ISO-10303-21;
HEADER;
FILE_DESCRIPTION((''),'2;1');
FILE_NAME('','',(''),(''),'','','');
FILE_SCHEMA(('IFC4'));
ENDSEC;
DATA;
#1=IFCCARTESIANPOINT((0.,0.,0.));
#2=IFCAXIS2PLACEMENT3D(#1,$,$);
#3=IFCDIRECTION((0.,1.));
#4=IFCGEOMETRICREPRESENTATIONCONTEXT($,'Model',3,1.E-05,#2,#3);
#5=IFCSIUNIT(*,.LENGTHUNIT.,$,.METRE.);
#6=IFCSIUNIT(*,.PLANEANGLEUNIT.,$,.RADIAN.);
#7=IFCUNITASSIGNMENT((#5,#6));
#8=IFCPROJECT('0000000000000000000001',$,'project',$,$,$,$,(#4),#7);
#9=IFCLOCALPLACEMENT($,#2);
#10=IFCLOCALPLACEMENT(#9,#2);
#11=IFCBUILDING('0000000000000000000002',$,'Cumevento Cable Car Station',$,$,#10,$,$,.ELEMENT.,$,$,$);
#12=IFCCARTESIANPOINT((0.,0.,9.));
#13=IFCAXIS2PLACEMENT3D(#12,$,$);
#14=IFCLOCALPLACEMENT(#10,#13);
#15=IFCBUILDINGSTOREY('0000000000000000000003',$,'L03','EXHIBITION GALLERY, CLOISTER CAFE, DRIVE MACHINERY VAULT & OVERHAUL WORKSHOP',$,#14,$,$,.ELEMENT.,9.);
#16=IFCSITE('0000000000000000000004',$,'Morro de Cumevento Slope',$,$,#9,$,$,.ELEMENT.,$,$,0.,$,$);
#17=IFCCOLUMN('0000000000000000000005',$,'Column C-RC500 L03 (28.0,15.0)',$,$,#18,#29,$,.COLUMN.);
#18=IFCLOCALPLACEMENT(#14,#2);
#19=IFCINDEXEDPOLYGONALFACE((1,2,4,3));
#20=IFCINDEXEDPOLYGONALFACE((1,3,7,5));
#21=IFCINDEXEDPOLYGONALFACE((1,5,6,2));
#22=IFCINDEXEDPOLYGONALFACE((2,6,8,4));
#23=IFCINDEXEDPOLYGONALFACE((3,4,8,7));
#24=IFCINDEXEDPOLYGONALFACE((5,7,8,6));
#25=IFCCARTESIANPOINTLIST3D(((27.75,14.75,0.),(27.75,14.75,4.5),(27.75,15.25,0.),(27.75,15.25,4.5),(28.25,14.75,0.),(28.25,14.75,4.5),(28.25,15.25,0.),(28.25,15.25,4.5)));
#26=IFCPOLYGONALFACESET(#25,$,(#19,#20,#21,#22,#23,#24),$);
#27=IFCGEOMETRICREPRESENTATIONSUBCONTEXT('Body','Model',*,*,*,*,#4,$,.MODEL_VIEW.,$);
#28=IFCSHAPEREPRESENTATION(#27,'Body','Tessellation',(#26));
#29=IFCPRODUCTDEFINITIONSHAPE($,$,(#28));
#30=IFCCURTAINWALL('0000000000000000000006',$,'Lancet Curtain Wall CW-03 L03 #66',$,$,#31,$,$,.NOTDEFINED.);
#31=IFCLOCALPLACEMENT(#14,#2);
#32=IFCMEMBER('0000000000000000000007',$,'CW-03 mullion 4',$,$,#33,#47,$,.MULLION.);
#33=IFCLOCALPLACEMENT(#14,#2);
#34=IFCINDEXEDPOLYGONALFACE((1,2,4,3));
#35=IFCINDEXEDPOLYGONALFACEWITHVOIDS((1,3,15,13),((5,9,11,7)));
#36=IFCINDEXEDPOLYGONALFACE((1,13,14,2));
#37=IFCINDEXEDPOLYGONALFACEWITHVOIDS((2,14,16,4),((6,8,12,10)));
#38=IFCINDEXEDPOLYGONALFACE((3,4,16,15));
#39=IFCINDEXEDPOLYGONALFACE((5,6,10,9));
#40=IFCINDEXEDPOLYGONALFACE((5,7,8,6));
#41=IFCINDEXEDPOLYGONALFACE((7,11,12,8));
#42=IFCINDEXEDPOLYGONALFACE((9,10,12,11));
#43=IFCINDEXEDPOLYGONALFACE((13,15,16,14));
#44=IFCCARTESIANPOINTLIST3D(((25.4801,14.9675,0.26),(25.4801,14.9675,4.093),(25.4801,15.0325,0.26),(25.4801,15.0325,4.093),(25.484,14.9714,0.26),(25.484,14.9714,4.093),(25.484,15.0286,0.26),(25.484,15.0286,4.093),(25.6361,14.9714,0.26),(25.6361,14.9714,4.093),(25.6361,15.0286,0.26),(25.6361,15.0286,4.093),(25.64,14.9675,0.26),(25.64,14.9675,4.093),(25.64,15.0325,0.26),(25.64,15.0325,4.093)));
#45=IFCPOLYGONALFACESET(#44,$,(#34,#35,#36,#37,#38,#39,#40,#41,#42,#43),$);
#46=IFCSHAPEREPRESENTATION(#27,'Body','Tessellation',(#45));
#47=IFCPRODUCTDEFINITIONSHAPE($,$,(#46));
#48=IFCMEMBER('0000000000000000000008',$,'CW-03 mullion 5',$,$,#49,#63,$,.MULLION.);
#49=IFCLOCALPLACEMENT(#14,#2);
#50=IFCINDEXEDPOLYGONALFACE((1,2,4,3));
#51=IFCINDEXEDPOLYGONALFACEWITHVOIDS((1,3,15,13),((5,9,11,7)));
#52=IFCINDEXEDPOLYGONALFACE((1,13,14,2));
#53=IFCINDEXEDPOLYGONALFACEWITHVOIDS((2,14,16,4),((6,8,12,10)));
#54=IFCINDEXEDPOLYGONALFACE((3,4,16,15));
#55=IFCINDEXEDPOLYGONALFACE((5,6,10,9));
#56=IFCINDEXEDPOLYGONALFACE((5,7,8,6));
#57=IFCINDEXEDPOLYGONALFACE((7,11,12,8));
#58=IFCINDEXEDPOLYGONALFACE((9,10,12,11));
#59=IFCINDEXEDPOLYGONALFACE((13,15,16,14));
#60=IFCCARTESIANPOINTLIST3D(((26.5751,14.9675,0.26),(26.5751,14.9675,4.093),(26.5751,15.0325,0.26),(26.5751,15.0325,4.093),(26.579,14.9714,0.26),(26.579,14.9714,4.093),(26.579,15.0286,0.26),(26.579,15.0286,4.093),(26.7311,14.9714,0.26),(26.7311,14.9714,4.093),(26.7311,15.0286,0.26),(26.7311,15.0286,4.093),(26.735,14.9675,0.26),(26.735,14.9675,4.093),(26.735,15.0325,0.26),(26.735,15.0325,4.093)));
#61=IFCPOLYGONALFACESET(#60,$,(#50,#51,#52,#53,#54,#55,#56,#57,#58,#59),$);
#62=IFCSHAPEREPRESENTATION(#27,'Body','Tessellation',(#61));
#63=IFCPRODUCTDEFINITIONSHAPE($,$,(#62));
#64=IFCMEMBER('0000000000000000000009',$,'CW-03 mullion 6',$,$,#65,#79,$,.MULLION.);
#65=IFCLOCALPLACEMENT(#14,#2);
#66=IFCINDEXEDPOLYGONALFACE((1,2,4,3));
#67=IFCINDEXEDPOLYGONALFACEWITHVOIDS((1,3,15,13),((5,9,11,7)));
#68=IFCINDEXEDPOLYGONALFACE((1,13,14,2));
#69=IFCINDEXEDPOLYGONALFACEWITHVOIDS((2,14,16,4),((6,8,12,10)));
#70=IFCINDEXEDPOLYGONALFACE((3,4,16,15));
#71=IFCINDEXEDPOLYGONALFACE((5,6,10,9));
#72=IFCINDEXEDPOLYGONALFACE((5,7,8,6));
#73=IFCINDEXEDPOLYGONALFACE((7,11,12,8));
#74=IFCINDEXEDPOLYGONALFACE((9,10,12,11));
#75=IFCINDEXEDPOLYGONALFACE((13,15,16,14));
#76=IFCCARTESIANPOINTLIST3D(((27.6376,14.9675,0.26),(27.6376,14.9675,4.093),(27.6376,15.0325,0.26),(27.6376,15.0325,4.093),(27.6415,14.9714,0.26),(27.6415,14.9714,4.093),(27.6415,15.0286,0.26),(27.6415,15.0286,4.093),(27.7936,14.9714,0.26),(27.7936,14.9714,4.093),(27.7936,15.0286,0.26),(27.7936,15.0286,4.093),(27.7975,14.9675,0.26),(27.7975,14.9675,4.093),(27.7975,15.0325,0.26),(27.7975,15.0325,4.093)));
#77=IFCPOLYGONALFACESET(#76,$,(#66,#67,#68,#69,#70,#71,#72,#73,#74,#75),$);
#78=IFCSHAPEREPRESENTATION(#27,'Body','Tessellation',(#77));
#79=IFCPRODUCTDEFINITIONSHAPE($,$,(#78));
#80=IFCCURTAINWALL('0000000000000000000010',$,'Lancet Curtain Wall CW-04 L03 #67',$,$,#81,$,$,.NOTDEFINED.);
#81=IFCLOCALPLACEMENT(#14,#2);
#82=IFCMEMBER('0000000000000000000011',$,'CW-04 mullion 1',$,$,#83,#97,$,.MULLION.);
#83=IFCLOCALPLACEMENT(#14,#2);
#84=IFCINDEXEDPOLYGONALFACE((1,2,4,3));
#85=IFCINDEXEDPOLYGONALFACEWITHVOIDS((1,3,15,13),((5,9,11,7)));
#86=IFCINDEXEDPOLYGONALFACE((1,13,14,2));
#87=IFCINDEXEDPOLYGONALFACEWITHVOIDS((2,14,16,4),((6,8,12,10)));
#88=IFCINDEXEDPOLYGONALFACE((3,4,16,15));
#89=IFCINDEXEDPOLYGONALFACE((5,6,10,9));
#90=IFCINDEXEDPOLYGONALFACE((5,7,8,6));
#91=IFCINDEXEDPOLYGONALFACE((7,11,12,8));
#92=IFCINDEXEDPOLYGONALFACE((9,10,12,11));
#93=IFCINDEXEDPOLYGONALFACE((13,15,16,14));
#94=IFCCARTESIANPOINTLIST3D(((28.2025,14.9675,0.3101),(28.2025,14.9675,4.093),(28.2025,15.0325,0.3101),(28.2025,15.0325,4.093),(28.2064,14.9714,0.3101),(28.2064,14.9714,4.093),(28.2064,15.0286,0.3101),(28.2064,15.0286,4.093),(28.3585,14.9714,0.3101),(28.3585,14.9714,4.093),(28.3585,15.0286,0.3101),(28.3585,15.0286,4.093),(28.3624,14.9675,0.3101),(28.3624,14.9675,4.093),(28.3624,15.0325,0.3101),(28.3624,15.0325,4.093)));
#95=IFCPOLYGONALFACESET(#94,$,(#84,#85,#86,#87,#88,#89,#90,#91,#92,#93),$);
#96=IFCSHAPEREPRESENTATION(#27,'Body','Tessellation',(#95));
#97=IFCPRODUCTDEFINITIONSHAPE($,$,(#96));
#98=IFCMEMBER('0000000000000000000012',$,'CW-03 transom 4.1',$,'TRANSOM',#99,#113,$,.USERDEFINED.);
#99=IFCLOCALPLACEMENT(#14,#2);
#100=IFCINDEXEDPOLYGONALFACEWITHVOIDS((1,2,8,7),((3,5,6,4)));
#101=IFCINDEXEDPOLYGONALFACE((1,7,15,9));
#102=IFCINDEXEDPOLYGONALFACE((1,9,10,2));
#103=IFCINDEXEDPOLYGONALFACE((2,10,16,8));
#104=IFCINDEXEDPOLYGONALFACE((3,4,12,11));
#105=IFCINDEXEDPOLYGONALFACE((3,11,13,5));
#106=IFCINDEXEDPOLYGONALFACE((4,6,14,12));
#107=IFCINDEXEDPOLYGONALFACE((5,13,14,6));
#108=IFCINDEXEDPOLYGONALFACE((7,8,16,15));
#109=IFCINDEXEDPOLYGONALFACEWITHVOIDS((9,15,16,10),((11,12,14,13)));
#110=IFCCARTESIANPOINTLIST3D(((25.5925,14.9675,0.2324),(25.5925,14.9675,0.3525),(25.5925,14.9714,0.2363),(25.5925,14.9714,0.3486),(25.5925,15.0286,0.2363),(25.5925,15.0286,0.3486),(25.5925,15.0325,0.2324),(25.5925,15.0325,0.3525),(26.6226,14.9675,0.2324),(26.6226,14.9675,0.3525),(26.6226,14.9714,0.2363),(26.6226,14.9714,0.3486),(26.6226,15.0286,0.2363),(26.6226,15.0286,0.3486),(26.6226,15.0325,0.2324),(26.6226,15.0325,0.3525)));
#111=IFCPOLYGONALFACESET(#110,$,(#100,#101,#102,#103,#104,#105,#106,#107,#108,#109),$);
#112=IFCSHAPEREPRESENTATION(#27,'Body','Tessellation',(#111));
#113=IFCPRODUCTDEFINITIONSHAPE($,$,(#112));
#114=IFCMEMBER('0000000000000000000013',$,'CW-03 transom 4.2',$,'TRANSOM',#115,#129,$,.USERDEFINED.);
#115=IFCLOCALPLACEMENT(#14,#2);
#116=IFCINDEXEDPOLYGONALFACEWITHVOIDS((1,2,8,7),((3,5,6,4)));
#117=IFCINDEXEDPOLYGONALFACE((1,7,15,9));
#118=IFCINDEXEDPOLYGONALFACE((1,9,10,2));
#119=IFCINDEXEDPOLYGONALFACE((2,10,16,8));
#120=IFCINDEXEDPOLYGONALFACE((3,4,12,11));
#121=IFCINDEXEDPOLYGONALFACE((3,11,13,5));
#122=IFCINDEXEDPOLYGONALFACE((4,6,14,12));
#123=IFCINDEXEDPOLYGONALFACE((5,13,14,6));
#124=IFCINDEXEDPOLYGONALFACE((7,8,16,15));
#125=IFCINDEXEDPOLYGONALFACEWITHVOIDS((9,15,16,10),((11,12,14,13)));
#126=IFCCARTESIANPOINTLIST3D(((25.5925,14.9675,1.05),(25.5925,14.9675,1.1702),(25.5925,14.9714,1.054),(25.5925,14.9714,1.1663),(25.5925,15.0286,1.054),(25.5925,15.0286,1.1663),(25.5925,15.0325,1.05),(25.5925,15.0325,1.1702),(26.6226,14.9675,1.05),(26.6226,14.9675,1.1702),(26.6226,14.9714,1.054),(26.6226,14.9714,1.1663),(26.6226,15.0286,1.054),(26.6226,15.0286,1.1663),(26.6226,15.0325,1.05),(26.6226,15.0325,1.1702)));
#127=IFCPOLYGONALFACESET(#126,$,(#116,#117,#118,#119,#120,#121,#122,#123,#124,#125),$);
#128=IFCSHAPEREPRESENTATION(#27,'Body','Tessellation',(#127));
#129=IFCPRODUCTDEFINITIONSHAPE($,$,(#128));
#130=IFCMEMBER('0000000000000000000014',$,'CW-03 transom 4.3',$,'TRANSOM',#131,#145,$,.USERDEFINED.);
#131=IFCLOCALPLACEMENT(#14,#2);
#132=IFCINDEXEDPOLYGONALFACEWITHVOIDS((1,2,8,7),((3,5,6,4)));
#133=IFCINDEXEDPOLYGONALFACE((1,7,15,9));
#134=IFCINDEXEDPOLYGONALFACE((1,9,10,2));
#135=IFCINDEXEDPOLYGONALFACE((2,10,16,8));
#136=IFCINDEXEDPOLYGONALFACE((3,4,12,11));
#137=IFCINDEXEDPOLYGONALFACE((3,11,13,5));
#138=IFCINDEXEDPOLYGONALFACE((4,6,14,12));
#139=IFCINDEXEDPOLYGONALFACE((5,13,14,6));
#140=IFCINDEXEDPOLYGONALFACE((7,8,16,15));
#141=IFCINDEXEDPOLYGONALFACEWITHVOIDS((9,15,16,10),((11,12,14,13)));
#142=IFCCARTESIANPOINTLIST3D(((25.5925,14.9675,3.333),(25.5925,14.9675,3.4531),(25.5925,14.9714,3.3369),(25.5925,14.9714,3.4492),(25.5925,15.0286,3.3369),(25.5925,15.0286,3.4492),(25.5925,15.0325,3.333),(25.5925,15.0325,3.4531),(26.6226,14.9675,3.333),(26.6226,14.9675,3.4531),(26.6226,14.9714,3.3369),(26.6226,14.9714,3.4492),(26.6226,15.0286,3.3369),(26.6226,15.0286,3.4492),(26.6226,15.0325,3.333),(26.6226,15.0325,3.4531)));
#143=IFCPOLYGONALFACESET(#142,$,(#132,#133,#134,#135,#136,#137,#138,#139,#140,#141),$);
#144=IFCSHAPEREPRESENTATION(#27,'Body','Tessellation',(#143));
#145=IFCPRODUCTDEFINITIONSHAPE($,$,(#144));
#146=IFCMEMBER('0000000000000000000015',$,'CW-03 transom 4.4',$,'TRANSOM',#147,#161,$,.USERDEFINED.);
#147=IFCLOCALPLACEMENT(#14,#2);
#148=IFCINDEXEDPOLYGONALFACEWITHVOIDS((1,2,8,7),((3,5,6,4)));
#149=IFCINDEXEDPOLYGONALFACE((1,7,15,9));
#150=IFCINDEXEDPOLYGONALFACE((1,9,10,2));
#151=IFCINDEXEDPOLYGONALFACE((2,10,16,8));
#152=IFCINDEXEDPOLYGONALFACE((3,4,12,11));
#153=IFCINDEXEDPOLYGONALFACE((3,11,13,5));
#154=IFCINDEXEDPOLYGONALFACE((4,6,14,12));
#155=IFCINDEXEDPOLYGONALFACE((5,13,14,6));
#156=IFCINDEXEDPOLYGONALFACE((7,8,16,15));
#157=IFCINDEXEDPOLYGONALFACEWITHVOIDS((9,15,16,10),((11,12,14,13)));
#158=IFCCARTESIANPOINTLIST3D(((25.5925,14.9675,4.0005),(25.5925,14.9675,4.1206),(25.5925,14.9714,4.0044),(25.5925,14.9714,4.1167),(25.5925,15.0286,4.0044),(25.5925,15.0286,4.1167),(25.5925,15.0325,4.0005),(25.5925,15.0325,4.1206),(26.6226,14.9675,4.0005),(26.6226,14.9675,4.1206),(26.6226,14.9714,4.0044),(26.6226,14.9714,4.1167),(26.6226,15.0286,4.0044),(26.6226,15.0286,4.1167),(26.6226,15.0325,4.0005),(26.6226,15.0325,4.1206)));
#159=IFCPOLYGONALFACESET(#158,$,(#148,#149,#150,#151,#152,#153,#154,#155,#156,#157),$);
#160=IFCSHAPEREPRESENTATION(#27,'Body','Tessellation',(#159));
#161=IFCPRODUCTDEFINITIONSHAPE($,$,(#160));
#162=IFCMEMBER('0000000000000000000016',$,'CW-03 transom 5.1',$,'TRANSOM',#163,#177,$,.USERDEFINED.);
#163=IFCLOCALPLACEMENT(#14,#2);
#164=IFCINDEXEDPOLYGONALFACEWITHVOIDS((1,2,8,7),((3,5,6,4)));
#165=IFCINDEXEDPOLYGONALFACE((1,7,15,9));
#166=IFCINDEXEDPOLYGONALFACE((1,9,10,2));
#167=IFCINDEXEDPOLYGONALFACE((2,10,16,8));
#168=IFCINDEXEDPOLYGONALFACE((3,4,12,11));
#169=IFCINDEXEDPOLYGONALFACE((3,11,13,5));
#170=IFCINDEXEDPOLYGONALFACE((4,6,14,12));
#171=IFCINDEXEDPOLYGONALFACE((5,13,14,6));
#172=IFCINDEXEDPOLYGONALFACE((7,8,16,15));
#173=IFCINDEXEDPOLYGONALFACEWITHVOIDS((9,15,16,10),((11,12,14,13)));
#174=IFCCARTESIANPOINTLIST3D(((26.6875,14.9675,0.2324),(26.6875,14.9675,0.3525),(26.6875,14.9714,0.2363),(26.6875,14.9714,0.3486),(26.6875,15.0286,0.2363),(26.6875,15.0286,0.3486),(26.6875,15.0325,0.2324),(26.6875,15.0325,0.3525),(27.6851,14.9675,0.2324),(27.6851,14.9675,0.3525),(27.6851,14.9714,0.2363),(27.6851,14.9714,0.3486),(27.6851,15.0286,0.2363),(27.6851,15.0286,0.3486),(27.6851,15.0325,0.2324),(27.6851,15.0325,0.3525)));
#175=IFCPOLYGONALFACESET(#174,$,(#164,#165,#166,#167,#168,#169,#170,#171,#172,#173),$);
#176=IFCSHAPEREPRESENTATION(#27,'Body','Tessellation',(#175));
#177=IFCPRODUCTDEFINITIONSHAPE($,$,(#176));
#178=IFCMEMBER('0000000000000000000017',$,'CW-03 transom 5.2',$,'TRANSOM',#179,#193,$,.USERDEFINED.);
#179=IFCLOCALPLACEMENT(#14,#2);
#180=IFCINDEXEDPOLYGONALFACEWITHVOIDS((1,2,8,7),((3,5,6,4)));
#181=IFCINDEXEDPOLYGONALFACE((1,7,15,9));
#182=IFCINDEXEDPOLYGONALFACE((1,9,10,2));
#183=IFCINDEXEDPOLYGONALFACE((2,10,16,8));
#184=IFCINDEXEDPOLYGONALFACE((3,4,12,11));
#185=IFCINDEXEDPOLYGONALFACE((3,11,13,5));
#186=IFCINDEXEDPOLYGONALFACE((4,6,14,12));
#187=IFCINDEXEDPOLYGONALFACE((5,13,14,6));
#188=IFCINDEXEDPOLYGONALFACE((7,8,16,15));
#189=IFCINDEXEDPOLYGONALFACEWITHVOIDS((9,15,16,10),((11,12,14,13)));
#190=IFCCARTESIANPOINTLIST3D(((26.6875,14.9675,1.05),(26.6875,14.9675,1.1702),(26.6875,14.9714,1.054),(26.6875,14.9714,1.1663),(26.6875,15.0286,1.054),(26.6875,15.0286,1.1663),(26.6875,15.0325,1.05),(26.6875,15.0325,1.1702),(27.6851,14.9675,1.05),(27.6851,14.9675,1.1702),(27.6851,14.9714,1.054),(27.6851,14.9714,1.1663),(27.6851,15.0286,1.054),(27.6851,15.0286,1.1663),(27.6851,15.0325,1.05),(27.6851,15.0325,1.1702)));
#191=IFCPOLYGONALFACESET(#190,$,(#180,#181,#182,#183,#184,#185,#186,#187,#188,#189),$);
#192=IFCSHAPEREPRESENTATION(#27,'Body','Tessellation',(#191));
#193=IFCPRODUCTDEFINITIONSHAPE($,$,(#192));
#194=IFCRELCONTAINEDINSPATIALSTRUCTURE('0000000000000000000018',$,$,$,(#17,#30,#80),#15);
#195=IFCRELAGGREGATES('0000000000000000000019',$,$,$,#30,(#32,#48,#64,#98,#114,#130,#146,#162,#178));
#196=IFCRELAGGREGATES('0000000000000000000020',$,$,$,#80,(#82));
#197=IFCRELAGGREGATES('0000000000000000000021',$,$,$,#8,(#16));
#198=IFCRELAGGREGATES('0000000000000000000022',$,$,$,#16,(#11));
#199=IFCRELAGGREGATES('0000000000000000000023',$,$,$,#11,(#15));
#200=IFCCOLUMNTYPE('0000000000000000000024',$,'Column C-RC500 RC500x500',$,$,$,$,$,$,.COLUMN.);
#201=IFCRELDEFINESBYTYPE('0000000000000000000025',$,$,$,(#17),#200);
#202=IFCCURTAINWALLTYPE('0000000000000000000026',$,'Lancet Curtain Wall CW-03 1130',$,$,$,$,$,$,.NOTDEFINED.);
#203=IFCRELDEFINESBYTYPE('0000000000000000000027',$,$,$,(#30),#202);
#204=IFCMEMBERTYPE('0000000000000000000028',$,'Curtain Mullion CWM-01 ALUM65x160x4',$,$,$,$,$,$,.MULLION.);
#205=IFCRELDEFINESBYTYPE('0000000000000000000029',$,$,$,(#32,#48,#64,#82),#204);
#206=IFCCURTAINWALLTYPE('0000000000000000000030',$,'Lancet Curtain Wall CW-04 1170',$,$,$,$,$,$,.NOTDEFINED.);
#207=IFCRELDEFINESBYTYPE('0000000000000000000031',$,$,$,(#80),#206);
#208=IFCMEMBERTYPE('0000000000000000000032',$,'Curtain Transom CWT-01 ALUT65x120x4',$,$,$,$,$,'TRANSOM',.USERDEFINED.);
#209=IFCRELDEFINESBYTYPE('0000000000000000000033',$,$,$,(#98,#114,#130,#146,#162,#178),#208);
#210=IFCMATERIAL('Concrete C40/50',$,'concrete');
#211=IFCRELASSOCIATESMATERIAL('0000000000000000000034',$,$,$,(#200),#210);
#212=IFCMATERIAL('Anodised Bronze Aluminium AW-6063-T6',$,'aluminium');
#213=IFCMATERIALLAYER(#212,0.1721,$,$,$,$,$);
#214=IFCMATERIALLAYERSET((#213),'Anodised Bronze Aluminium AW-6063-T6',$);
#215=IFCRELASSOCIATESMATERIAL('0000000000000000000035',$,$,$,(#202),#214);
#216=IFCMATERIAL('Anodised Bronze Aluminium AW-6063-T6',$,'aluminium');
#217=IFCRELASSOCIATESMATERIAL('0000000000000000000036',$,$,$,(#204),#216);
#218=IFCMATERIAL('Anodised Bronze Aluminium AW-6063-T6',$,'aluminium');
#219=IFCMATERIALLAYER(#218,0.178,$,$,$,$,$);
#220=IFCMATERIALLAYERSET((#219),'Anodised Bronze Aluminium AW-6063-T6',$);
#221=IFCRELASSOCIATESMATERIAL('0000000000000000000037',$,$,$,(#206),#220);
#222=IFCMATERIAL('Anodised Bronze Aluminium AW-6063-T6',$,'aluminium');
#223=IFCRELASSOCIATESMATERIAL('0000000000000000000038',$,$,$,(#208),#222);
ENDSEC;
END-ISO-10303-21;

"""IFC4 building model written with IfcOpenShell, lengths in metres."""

from ifc_helpers import new_model, si_unit, direction, frame, origin, origin_2d, place, context, subcontext, project, spatial, rectangle, hollow_rectangle, extrude, material, layer, layer_set, material_profile, profile_set, type_object, element, aggregate, save


model = new_model("IFC4")

# Units and contexts
model_context = context("Model", 3, precision=1e-05, world=origin(), true_north=direction((0.0, 1.0)))
body_context = subcontext(model_context, "Body", "Model", "MODEL_VIEW")
ifc_project = project(units=[si_unit("LENGTHUNIT", "METRE"), si_unit("PLANEANGLEUNIT", "RADIAN")], contexts=[model_context])

# Site, building, storey
site_placement = place(None, origin())
site = spatial("IfcSite", under=ifc_project, at=site_placement, Name="Morro de Cumevento Slope", CompositionType="ELEMENT", RefElevation=0.0)
building_placement = place(site_placement, origin())
building = spatial("IfcBuilding", under=site, at=building_placement, Name="Cumevento Cable Car Station", CompositionType="ELEMENT")
storey_placement = place(building_placement, frame((0.0, 0.0, 9.0)))
storey = spatial("IfcBuildingStorey", under=building, at=storey_placement, Name="L03", Description="EXHIBITION GALLERY, CLOISTER CAFE, DRIVE MACHINERY VAULT & OVERHAUL WORKSHOP", CompositionType="ELEMENT", Elevation=9.0)

# Column
ifc_material_1 = material(Name="Concrete C40/50", Category="concrete")
ifc_material_profile_1 = material_profile(ifc_material_1, rectangle(XDim=0.5, YDim=0.5, at=origin_2d()), Name="RC500x500")
ifc_profile_set_1 = profile_set([ifc_material_profile_1], Name="Concrete C40/50")
column_type = type_object("IfcColumnType", Name="Column C-RC500 RC500x500", PredefinedType="COLUMN", material=ifc_profile_set_1)
column_placement = place(storey_placement, frame((28.0, 15.0, 0.0), z_axis=(0.0, 0.0, 1.0), x_axis=(1.0, 0.0, 0.0)))
element("IfcColumn", 1, at=column_placement, inside=storey, type_object=column_type, Name="Column C-RC500 L03 (28.0,15.0)", PredefinedType="COLUMN", context=body_context, shape_type="SweptSolid", body=[
    extrude(rectangle(XDim=0.5, YDim=0.5, at=origin_2d()), origin(), (0.0, 0.0, 1.0), 4.5),
])

# Curtain wall, members
ifc_material_2 = material(Name="Anodised Bronze Aluminium AW-6063-T6", Category="aluminium")
ifc_layer_1 = layer(ifc_material_2, 0.1721)
ifc_layer_set_1 = layer_set([ifc_layer_1], Name="Anodised Bronze Aluminium AW-6063-T6")
curtain_wall_type_1 = type_object("IfcCurtainWallType", Name="Lancet Curtain Wall CW-03 1130", PredefinedType="NOTDEFINED", material=ifc_layer_set_1)
curtain_wall_1_placement = place(storey_placement, origin())
curtain_wall_1 = element("IfcCurtainWall", 2, at=curtain_wall_1_placement, inside=storey, type_object=curtain_wall_type_1, Name="Lancet Curtain Wall CW-03 L03 #66", PredefinedType="NOTDEFINED")
ifc_material_3 = material(Name="Anodised Bronze Aluminium AW-6063-T6", Category="aluminium")
ifc_material_profile_2 = material_profile(ifc_material_3, hollow_rectangle(XDim=0.0649, YDim=0.1599, WallThickness=0.0039, at=origin_2d()), Name="ALUM65x160x4")
ifc_profile_set_2 = profile_set([ifc_material_profile_2], Name="Anodised Bronze Aluminium AW-6063-T6")
member_type_1 = type_object("IfcMemberType", Name="Curtain Mullion CWM-01 ALUM65x160x4", PredefinedType="MULLION", material=ifc_profile_set_2)
member_1_placement = place(storey_placement, frame((25.5601, 15.0, 0.26), z_axis=(0.0, 0.0, 1.0), x_axis=(0.0, 1.0, 0.0)))
member_1 = element("IfcMember", 3, at=member_1_placement, type_object=member_type_1, Name="CW-03 mullion 4", PredefinedType="MULLION", context=body_context, shape_type="SweptSolid", body=[
    extrude(hollow_rectangle(XDim=0.0649, YDim=0.1599, WallThickness=0.0039, at=origin_2d()), origin(), (0.0, 0.0, 1.0), 3.833),
])
member_2_placement = place(storey_placement, frame((26.655, 15.0, 0.26), z_axis=(0.0, 0.0, 1.0), x_axis=(0.0, 1.0, 0.0)))
member_2 = element("IfcMember", 4, at=member_2_placement, type_object=member_type_1, Name="CW-03 mullion 5", PredefinedType="MULLION", context=body_context, shape_type="SweptSolid", body=[
    extrude(hollow_rectangle(XDim=0.0649, YDim=0.1599, WallThickness=0.0039, at=origin_2d()), origin(), (0.0, 0.0, 1.0), 3.833),
])
member_3_placement = place(storey_placement, frame((27.7175, 15.0, 0.26), z_axis=(0.0, 0.0, 1.0), x_axis=(0.0, 1.0, 0.0)))
member_3 = element("IfcMember", 5, at=member_3_placement, type_object=member_type_1, Name="CW-03 mullion 6", PredefinedType="MULLION", context=body_context, shape_type="SweptSolid", body=[
    extrude(hollow_rectangle(XDim=0.0649, YDim=0.1599, WallThickness=0.0039, at=origin_2d()), origin(), (0.0, 0.0, 1.0), 3.833),
])

# Curtain wall, member
ifc_material_4 = material(Name="Anodised Bronze Aluminium AW-6063-T6", Category="aluminium")
ifc_layer_2 = layer(ifc_material_4, 0.178)
ifc_layer_set_2 = layer_set([ifc_layer_2], Name="Anodised Bronze Aluminium AW-6063-T6")
curtain_wall_type_2 = type_object("IfcCurtainWallType", Name="Lancet Curtain Wall CW-04 1170", PredefinedType="NOTDEFINED", material=ifc_layer_set_2)
curtain_wall_2_placement = place(storey_placement, origin())
curtain_wall_2 = element("IfcCurtainWall", 6, at=curtain_wall_2_placement, inside=storey, type_object=curtain_wall_type_2, Name="Lancet Curtain Wall CW-04 L03 #67", PredefinedType="NOTDEFINED")
member_4_placement = place(storey_placement, frame((28.2825, 15.0, 0.3101), z_axis=(0.0, 0.0, 1.0), x_axis=(0.0, 1.0, 0.0)))
member_4 = element("IfcMember", 7, at=member_4_placement, type_object=member_type_1, Name="CW-04 mullion 1", PredefinedType="MULLION", context=body_context, shape_type="SweptSolid", body=[
    extrude(hollow_rectangle(XDim=0.0649, YDim=0.1599, WallThickness=0.0039, at=origin_2d()), origin(), (0.0, 0.0, 1.0), 3.783),
])

# Members
ifc_material_5 = material(Name="Anodised Bronze Aluminium AW-6063-T6", Category="aluminium")
ifc_material_profile_3 = material_profile(ifc_material_5, hollow_rectangle(XDim=0.0649, YDim=0.1201, WallThickness=0.0039, at=origin_2d()), Name="ALUT65x120x4")
ifc_profile_set_3 = profile_set([ifc_material_profile_3], Name="Anodised Bronze Aluminium AW-6063-T6")
member_type_2 = type_object("IfcMemberType", Name="Curtain Transom CWT-01 ALUT65x120x4", ElementType="TRANSOM", PredefinedType="USERDEFINED", material=ifc_profile_set_3)
member_5_placement = place(storey_placement, frame((25.5925, 15.0, 0.2925), z_axis=(1.0, 0.0, 0.0), x_axis=(0.0, 1.0, 0.0)))
member_5 = element("IfcMember", 8, at=member_5_placement, type_object=member_type_2, Name="CW-03 transom 4.1", ObjectType="TRANSOM", PredefinedType="USERDEFINED", context=body_context, shape_type="SweptSolid", body=[
    extrude(hollow_rectangle(XDim=0.0649, YDim=0.1201, WallThickness=0.0039, at=origin_2d()), origin(), (0.0, 0.0, 1.0), 1.03),
])
member_6_placement = place(storey_placement, frame((25.5925, 15.0, 1.1101), z_axis=(1.0, 0.0, 0.0), x_axis=(0.0, 1.0, 0.0)))
member_6 = element("IfcMember", 9, at=member_6_placement, type_object=member_type_2, Name="CW-03 transom 4.2", ObjectType="TRANSOM", PredefinedType="USERDEFINED", context=body_context, shape_type="SweptSolid", body=[
    extrude(hollow_rectangle(XDim=0.0649, YDim=0.1201, WallThickness=0.0039, at=origin_2d()), origin(), (0.0, 0.0, 1.0), 1.03),
])
member_7_placement = place(storey_placement, frame((25.5925, 15.0, 3.3931), z_axis=(1.0, 0.0, 0.0), x_axis=(0.0, 1.0, 0.0)))
member_7 = element("IfcMember", 10, at=member_7_placement, type_object=member_type_2, Name="CW-03 transom 4.3", ObjectType="TRANSOM", PredefinedType="USERDEFINED", context=body_context, shape_type="SweptSolid", body=[
    extrude(hollow_rectangle(XDim=0.0649, YDim=0.1201, WallThickness=0.0039, at=origin_2d()), origin(), (0.0, 0.0, 1.0), 1.03),
])
member_8_placement = place(storey_placement, frame((25.5925, 15.0, 4.0605), z_axis=(1.0, 0.0, 0.0), x_axis=(0.0, 1.0, 0.0)))
member_8 = element("IfcMember", 11, at=member_8_placement, type_object=member_type_2, Name="CW-03 transom 4.4", ObjectType="TRANSOM", PredefinedType="USERDEFINED", context=body_context, shape_type="SweptSolid", body=[
    extrude(hollow_rectangle(XDim=0.0649, YDim=0.1201, WallThickness=0.0039, at=origin_2d()), origin(), (0.0, 0.0, 1.0), 1.03),
])
member_9_placement = place(storey_placement, frame((26.6875, 15.0, 0.2925), z_axis=(1.0, 0.0, 0.0), x_axis=(0.0, 1.0, 0.0)))
member_9 = element("IfcMember", 12, at=member_9_placement, type_object=member_type_2, Name="CW-03 transom 5.1", ObjectType="TRANSOM", PredefinedType="USERDEFINED", context=body_context, shape_type="SweptSolid", body=[
    extrude(hollow_rectangle(XDim=0.0649, YDim=0.1201, WallThickness=0.0039, at=origin_2d()), origin(), (0.0, 0.0, 1.0), 0.9976),
])
member_10_placement = place(storey_placement, frame((26.6875, 15.0, 1.1101), z_axis=(1.0, 0.0, 0.0), x_axis=(0.0, 1.0, 0.0)))
member_10 = element("IfcMember", 13, at=member_10_placement, type_object=member_type_2, Name="CW-03 transom 5.2", ObjectType="TRANSOM", PredefinedType="USERDEFINED", context=body_context, shape_type="SweptSolid", body=[
    extrude(hollow_rectangle(XDim=0.0649, YDim=0.1201, WallThickness=0.0039, at=origin_2d()), origin(), (0.0, 0.0, 1.0), 0.9976),
])

aggregate(curtain_wall_1, [member_1, member_2, member_3, member_5, member_6, member_7, member_8, member_9, member_10])
aggregate(curtain_wall_2, [member_4])

save(model, "model.ifc")
